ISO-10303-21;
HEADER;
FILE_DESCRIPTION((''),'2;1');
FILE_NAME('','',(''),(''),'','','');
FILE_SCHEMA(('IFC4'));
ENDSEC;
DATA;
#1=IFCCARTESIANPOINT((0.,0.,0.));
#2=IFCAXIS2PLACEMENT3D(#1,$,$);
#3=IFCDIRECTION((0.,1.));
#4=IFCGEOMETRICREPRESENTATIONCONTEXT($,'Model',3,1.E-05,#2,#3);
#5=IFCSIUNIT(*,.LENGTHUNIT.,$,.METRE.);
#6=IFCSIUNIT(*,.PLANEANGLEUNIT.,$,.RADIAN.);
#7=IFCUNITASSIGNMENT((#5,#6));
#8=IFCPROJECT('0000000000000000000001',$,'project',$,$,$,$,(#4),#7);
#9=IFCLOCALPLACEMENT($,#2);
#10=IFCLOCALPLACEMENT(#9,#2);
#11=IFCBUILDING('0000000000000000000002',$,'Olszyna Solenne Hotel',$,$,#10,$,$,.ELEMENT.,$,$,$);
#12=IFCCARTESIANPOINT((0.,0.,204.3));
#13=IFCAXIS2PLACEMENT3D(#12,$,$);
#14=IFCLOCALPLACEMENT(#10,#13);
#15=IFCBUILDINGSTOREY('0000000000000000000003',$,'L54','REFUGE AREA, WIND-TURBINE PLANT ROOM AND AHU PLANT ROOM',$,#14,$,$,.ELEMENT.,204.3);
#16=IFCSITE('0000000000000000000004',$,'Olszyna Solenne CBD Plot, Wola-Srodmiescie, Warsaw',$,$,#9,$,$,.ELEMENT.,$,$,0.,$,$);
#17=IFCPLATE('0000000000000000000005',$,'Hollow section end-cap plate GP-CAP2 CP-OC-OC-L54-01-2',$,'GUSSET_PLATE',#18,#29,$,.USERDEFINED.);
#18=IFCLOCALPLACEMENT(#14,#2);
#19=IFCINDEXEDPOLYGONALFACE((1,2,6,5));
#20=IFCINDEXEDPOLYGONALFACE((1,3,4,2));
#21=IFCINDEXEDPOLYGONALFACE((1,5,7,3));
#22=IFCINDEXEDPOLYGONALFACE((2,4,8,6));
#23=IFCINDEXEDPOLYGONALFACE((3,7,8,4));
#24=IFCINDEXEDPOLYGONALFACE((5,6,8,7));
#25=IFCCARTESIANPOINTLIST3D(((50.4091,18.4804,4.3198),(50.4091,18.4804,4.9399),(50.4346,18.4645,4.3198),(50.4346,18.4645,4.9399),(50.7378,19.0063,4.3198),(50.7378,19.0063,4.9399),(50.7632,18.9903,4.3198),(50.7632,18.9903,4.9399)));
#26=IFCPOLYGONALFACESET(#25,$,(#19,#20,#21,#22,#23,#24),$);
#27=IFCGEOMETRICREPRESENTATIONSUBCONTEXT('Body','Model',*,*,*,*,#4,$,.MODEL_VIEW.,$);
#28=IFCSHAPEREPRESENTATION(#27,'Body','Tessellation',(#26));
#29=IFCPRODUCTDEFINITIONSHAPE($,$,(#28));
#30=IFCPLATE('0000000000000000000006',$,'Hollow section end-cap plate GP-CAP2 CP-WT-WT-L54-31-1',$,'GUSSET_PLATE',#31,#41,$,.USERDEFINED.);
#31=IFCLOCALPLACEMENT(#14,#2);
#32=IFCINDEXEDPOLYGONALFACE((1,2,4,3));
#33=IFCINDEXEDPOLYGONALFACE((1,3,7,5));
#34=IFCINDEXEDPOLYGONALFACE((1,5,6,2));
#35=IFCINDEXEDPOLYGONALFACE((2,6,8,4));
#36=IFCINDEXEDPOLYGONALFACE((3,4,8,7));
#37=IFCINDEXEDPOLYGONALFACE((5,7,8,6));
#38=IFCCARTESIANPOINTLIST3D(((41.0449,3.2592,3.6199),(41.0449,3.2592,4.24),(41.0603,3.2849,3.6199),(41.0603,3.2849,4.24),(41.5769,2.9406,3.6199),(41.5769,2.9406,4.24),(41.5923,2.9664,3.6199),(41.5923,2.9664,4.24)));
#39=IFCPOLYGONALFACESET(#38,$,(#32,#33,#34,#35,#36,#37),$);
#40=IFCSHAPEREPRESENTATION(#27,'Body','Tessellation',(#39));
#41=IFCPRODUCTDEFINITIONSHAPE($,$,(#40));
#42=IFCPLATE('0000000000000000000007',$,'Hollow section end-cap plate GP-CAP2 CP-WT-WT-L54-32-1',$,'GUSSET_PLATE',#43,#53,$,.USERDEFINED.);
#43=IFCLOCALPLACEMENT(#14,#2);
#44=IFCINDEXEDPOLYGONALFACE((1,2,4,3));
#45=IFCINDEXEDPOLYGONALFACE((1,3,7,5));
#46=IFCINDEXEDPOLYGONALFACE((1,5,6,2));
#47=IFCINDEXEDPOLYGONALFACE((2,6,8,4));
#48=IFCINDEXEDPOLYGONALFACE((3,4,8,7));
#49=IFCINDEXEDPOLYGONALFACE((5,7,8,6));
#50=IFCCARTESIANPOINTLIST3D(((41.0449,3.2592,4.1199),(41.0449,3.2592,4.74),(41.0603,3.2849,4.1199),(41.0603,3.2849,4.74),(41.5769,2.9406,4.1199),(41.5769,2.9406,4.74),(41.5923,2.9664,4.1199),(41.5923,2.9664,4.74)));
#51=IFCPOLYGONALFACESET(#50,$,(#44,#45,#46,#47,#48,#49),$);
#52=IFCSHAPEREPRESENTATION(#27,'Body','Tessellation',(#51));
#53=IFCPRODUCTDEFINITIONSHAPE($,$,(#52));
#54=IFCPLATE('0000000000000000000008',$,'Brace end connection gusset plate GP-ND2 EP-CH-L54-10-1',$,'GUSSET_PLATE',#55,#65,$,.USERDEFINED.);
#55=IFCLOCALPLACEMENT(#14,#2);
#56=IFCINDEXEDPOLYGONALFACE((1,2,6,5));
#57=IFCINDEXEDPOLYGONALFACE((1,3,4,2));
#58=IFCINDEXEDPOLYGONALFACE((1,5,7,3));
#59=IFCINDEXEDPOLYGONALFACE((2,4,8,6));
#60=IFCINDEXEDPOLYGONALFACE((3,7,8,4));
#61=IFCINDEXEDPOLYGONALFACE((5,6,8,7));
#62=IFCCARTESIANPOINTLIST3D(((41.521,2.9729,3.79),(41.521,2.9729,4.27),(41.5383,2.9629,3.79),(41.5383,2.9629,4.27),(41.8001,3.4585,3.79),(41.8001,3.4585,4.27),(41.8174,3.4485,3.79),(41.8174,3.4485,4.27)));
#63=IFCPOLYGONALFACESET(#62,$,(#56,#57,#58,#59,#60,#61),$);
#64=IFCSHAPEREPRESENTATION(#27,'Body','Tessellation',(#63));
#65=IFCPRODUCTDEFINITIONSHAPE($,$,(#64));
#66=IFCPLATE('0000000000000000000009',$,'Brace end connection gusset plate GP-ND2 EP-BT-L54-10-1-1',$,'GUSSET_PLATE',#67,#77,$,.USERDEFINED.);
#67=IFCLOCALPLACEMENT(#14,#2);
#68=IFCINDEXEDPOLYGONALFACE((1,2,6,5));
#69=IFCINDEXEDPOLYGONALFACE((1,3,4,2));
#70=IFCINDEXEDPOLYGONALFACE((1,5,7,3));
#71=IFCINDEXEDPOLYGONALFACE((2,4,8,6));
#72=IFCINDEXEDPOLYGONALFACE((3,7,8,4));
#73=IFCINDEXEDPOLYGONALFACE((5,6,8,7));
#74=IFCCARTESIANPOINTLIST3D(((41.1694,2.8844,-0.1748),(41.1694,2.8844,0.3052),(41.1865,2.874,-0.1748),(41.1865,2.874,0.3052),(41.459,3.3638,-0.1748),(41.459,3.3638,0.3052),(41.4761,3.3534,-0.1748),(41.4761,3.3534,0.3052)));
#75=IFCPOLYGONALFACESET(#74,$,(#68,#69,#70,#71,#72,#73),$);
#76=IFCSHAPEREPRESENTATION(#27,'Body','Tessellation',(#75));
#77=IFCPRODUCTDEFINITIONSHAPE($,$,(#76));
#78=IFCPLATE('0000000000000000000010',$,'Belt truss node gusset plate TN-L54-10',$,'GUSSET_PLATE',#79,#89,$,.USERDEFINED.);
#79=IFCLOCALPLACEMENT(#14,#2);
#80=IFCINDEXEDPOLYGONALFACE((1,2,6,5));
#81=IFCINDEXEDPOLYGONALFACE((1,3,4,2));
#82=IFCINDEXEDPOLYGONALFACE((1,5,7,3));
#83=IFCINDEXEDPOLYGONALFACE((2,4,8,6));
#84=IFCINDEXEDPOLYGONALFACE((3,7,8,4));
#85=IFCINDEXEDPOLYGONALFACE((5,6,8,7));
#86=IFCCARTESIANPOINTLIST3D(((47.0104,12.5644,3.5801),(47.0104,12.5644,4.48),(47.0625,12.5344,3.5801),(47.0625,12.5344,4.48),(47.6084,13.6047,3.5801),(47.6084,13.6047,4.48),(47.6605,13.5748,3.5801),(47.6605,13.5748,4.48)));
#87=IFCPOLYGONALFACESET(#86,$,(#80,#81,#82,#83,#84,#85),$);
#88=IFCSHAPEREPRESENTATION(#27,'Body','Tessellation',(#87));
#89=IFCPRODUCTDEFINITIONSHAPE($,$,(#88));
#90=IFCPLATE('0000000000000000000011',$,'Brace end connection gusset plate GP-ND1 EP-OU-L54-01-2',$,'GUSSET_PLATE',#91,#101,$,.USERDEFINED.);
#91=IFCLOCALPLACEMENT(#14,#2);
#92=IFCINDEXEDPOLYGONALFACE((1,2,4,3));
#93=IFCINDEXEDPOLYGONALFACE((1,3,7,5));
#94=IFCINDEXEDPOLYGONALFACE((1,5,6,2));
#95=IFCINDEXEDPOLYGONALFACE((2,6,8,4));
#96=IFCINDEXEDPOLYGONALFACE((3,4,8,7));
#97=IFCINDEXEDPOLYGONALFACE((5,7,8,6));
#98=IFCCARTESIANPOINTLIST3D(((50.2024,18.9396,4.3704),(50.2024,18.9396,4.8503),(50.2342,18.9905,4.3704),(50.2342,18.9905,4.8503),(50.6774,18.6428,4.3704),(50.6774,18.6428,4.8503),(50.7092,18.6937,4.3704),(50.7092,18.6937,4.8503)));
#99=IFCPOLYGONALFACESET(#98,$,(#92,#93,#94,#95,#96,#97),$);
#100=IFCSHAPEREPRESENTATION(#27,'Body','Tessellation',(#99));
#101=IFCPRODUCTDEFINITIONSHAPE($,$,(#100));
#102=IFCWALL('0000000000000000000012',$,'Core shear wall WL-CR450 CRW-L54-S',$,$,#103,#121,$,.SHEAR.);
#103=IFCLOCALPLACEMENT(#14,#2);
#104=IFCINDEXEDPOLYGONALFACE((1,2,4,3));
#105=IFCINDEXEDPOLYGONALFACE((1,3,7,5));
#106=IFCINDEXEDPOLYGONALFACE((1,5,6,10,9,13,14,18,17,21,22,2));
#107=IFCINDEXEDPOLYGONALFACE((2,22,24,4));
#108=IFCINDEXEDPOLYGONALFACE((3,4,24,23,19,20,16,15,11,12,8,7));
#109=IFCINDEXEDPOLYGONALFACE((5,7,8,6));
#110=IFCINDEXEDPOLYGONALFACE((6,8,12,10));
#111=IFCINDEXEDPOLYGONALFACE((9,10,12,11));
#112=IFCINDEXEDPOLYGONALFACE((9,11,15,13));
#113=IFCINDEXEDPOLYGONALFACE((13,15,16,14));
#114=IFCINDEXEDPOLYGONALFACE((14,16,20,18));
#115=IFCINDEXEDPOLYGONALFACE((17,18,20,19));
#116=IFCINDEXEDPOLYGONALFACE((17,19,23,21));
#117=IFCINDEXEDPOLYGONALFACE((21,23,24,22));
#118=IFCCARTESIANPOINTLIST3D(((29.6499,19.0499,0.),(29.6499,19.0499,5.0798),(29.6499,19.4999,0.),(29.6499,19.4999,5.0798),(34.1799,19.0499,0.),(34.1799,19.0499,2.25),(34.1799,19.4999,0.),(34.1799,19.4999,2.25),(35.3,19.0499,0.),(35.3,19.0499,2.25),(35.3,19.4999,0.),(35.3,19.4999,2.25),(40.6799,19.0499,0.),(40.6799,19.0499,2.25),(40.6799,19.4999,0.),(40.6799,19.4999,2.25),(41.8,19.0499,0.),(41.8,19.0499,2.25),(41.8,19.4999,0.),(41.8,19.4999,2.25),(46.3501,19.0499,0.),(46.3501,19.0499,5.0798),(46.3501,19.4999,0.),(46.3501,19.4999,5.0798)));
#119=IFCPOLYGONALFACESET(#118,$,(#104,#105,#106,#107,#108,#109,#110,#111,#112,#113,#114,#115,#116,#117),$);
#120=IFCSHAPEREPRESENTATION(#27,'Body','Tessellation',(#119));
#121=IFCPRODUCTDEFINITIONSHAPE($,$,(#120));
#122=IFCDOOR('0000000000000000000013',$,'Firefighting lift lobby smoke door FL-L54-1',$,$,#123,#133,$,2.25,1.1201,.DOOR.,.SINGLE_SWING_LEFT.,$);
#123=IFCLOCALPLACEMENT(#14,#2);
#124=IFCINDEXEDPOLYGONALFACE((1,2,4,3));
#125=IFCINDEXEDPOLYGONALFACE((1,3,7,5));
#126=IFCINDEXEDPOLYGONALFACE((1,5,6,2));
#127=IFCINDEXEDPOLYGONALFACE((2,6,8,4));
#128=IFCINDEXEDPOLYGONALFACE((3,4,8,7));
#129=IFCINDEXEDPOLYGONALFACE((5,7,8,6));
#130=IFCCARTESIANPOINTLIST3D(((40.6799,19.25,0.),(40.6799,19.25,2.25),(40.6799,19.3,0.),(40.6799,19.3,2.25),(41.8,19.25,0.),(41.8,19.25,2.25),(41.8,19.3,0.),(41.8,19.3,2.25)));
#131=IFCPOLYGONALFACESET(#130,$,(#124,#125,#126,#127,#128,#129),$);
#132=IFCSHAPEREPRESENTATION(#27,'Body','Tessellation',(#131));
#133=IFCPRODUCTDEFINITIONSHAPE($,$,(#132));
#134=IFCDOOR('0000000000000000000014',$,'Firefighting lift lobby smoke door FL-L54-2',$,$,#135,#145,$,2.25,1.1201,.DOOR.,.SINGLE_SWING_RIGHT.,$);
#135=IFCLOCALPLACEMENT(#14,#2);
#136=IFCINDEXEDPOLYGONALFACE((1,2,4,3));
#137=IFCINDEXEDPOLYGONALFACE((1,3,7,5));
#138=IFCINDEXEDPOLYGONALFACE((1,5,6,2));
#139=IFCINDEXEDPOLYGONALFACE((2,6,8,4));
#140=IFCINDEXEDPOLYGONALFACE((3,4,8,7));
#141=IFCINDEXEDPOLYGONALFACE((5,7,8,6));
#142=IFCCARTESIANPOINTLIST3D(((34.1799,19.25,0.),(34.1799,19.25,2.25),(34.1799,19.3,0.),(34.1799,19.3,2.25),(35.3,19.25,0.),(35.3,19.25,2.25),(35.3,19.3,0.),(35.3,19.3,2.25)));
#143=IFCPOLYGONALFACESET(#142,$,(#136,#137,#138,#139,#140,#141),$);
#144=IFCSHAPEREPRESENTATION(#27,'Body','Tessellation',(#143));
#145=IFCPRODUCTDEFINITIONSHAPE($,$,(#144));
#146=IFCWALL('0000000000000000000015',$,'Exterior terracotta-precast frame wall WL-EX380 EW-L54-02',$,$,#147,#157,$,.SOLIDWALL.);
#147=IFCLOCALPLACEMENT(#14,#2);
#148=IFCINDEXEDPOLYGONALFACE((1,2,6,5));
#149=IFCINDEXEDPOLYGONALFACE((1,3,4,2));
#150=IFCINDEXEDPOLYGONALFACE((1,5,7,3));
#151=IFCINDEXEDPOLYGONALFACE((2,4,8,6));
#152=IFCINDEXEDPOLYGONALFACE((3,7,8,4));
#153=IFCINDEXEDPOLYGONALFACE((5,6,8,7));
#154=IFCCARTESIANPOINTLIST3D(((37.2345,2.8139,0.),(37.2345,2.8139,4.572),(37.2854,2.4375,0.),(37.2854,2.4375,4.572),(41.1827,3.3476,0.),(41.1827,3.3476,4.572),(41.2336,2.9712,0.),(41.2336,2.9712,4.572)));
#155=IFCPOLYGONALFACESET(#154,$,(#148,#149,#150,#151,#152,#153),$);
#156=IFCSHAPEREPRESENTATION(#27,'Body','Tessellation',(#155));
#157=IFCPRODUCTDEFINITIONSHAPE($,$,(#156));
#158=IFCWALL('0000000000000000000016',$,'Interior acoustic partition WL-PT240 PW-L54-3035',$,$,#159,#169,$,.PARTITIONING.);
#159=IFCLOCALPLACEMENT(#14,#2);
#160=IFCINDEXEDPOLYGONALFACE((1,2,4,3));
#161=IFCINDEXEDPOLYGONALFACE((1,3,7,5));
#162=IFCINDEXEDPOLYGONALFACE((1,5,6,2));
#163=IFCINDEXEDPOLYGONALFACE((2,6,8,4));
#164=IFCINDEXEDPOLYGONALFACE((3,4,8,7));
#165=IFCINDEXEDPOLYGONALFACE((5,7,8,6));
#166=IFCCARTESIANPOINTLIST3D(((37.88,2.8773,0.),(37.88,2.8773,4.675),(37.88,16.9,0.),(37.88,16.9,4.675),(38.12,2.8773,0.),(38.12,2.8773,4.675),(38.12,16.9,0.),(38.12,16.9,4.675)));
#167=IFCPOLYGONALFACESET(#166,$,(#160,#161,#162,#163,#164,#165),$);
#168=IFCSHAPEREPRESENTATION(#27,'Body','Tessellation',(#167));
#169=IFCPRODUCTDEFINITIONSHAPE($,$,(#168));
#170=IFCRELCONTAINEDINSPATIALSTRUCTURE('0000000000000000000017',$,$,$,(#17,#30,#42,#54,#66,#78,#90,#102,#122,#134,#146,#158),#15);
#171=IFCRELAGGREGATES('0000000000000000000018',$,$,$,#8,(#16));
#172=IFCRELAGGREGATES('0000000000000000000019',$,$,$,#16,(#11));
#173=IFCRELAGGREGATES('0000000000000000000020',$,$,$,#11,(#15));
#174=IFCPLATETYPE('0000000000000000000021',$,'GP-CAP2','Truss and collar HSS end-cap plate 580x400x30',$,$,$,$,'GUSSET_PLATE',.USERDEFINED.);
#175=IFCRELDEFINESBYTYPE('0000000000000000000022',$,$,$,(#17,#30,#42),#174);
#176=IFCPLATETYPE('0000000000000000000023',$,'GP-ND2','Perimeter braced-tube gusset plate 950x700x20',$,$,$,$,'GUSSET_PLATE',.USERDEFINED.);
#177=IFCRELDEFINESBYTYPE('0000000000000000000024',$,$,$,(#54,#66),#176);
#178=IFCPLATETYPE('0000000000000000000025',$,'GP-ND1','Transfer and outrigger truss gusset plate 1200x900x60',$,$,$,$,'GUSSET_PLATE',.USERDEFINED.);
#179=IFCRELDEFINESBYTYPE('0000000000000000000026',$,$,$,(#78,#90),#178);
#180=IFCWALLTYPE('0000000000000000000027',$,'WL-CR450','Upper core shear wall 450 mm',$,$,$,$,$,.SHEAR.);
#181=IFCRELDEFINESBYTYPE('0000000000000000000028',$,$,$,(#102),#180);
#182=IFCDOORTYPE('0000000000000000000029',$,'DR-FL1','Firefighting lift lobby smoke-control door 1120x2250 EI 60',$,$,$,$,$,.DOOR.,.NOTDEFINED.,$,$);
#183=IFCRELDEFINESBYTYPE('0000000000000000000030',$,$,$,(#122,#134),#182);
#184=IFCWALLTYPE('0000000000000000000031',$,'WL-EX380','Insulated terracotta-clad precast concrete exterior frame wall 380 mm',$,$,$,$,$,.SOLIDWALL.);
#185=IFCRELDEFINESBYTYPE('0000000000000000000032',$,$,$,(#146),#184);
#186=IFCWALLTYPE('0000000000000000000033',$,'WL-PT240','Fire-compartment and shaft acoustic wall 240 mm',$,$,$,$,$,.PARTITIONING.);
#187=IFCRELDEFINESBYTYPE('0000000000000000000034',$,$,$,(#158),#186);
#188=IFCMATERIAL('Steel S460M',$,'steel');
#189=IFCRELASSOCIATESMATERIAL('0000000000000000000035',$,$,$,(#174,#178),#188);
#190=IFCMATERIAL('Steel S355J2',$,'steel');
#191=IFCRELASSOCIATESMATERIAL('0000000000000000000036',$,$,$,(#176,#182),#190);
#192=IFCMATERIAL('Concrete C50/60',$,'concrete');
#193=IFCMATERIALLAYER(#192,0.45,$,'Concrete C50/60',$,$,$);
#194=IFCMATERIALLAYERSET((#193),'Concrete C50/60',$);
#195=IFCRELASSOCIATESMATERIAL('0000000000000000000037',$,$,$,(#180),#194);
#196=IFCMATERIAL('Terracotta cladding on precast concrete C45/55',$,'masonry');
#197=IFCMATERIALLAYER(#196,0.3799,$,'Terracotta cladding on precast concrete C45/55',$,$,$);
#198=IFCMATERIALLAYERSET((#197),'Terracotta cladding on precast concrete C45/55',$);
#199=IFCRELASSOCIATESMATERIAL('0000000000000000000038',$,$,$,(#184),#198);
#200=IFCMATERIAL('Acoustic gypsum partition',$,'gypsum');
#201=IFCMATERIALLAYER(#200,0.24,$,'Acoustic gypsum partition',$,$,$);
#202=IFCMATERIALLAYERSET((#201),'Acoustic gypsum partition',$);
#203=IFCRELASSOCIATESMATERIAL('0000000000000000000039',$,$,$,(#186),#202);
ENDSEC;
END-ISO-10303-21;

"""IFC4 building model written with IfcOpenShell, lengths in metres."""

from ifc_helpers import new_model, si_unit, direction, frame, frame_2d, origin, origin_2d, place, context, subcontext, project, spatial, rectangle, extrude, source, transform, mapped, material, layer, layer_set, type_object, type_shapes, element, fill, save


model = new_model("IFC4")

# Units and contexts
model_context = context("Model", 3, precision=1e-05, world=origin(), true_north=direction((0.0, 1.0)))
body_context = subcontext(model_context, "Body", "Model", "MODEL_VIEW")
ifc_project = project(units=[si_unit("LENGTHUNIT", "METRE"), si_unit("PLANEANGLEUNIT", "RADIAN")], contexts=[model_context])

# Site, building, storey
site_placement = place(None, origin())
site = spatial("IfcSite", under=ifc_project, at=site_placement, Name="Olszyna Solenne CBD Plot, Wola-Srodmiescie, Warsaw", CompositionType="ELEMENT", RefElevation=0.0)
building_placement = place(site_placement, origin())
building = spatial("IfcBuilding", under=site, at=building_placement, Name="Olszyna Solenne Hotel", CompositionType="ELEMENT")
storey_placement = place(building_placement, frame((0.0, 0.0, 204.3)))
storey = spatial("IfcBuildingStorey", under=building, at=storey_placement, Name="L54", Description="REFUGE AREA, WIND-TURBINE PLANT ROOM AND AHU PLANT ROOM", CompositionType="ELEMENT", Elevation=204.3)

# Shared definitions
ifc_material_1 = material(Name="Steel S355J2", Category="steel")

# Plates
ifc_material_2 = material(Name="Steel S460M", Category="steel")
plate_type_1 = type_object("IfcPlateType", Name="GP-CAP2", Description="Truss and collar HSS end-cap plate 580x400x30", ElementType="GUSSET_PLATE", PredefinedType="USERDEFINED", material=ifc_material_2)
shared_shape_1 = source(origin(), body_context, "Body", "SweptSolid", [
    extrude(rectangle(XDim=0.03, YDim=0.6201, at=origin_2d()), origin(), (0.0, 0.0, 1.0), 0.6201),
])
for number, where, z_axis, x_axis, name in (
    (1, (50.5862, 18.7354, 4.3198), (0.0, 0.0, 1.0), (0.848048, -0.529919, 0.0), "Hollow section end-cap plate GP-CAP2 CP-OC-OC-L54-01-2"),
    (2, (41.3186, 3.1128, 3.6199), (0.0, 0.0, 1.0), (0.513691, 0.857975, 0.0), "Hollow section end-cap plate GP-CAP2 CP-WT-WT-L54-31-1"),
    (3, (41.3186, 3.1128, 4.1199), (0.0, 0.0, 1.0), (0.513691, 0.857975, 0.0), "Hollow section end-cap plate GP-CAP2 CP-WT-WT-L54-32-1"),
):
    element("IfcPlate", number, at=place(storey_placement, frame(where, z_axis=z_axis, x_axis=x_axis)), inside=storey, type_object=plate_type_1, Name=name, ObjectType="GUSSET_PLATE", PredefinedType="USERDEFINED", context=body_context, shape_type="MappedRepresentation", body=[
        mapped(shared_shape_1, transform((0.0, 0.0, 0.0), x_axis=(1.0, 0.0, 0.0), y_axis=(0.0, 1.0, 0.0), z_axis=(0.0, 0.0, 1.0), scale=1.0)),
    ])
plate_type_2 = type_object("IfcPlateType", Name="GP-ND2", Description="Perimeter braced-tube gusset plate 950x700x20", ElementType="GUSSET_PLATE", PredefinedType="USERDEFINED", material=ifc_material_1)
shared_shape_2 = source(origin(), body_context, "Body", "SweptSolid", [
    extrude(rectangle(XDim=0.5601, YDim=0.02, at=origin_2d()), origin(), (0.0, 0.0, 1.0), 0.48),
])
for number, where, z_axis, x_axis, name in (
    (4, (41.6692, 3.2107, 3.79), (0.0, 0.0, 1.0), (0.498336, 0.866984, 0.0), "Brace end connection gusset plate GP-ND2 EP-CH-L54-10-1"),
    (5, (41.3228, 3.1189, -0.1748), (0.0, 0.0, 1.0), (0.517131, 0.855906, 0.0), "Brace end connection gusset plate GP-ND2 EP-BT-L54-10-1-1"),
):
    element("IfcPlate", number, at=place(storey_placement, frame(where, z_axis=z_axis, x_axis=x_axis)), inside=storey, type_object=plate_type_2, Name=name, ObjectType="GUSSET_PLATE", PredefinedType="USERDEFINED", context=body_context, shape_type="MappedRepresentation", body=[
        mapped(shared_shape_2, transform((0.0, 0.0, 0.0), x_axis=(1.0, 0.0, 0.0), y_axis=(0.0, 1.0, 0.0), z_axis=(0.0, 0.0, 1.0), scale=1.0)),
    ])
plate_type_3 = type_object("IfcPlateType", Name="GP-ND1", Description="Transfer and outrigger truss gusset plate 1200x900x60", ElementType="GUSSET_PLATE", PredefinedType="USERDEFINED", material=ifc_material_2)
shared_shape_3 = source(origin(), body_context, "Body", "SweptSolid", [
    extrude(rectangle(XDim=1.2, YDim=0.0601, at=origin_2d()), origin(), (0.0, 0.0, 1.0), 0.8999),
])
plate_1_placement = place(storey_placement, frame((47.3354, 13.0696, 3.5801), z_axis=(0.0, 0.0, 1.0), x_axis=(0.498336, 0.866984, 0.0)))
element("IfcPlate", 6, at=plate_1_placement, inside=storey, type_object=plate_type_3, Name="Belt truss node gusset plate TN-L54-10", ObjectType="GUSSET_PLATE", PredefinedType="USERDEFINED", context=body_context, shape_type="MappedRepresentation", body=[
    mapped(shared_shape_3, transform((0.0, 0.0, 0.0), x_axis=(1.0, 0.0, 0.0), y_axis=(0.0, 1.0, 0.0), z_axis=(0.0, 0.0, 1.0), scale=1.0)),
])
shared_shape_4 = source(origin(), body_context, "Body", "SweptSolid", [
    extrude(rectangle(XDim=0.5601, YDim=0.0601, at=origin_2d()), origin(), (0.0, 0.0, 1.0), 0.48),
])
plate_2_placement = place(storey_placement, frame((50.4558, 18.8167, 4.3704), z_axis=(0.0, 0.0, 1.0), x_axis=(0.848048, -0.529919, 0.0)))
element("IfcPlate", 7, at=plate_2_placement, inside=storey, type_object=plate_type_3, Name="Brace end connection gusset plate GP-ND1 EP-OU-L54-01-2", ObjectType="GUSSET_PLATE", PredefinedType="USERDEFINED", context=body_context, shape_type="MappedRepresentation", body=[
    mapped(shared_shape_4, transform((0.0, 0.0, 0.0), x_axis=(1.0, 0.0, 0.0), y_axis=(0.0, 1.0, 0.0), z_axis=(0.0, 0.0, 1.0), scale=1.0)),
])

# Wall, openings, doors
ifc_material_3 = material(Name="Concrete C50/60", Category="concrete")
ifc_layer_1 = layer(ifc_material_3, 0.45, Name="Concrete C50/60")
ifc_layer_set_1 = layer_set([ifc_layer_1], Name="Concrete C50/60")
wall_type_1 = type_object("IfcWallType", Name="WL-CR450", Description="Upper core shear wall 450 mm", PredefinedType="SHEAR", material=ifc_layer_set_1)
wall_1_placement = place(storey_placement, frame((46.3501, 19.2749, 0.0), z_axis=(0.0, 0.0, 1.0), x_axis=(-1.0, 0.0, 0.0)))
wall_1 = element("IfcWall", 8, at=wall_1_placement, inside=storey, type_object=wall_type_1, Name="Core shear wall WL-CR450 CRW-L54-S", PredefinedType="SHEAR", context=body_context, shape_type="SweptSolid", body=[
    extrude(rectangle(XDim=16.7002, YDim=0.45, at=frame_2d((8.3501, 0.0))), origin(), (0.0, 0.0, 1.0), 5.0798),
])
opening_1_placement = place(wall_1_placement, frame((4.55, 0.0, 0.0)))
opening_1 = element("IfcOpeningElement", 9, at=opening_1_placement, cuts=wall_1, PredefinedType="OPENING", context=body_context, shape_type="SweptSolid", body=[
    extrude(rectangle(XDim=1.1201, YDim=2.25, at=frame_2d((0.5601, 1.125))), frame((0.0, 0.2349, 0.0), z_axis=(0.0, -1.0, 0.0), x_axis=(1.0, 0.0, 0.0)), (0.0, 0.0, 1.0), 0.47),
])
opening_2_placement = place(wall_1_placement, frame((11.05, 0.0, 0.0)))
opening_2 = element("IfcOpeningElement", 10, at=opening_2_placement, cuts=wall_1, PredefinedType="OPENING", context=body_context, shape_type="SweptSolid", body=[
    extrude(rectangle(XDim=1.1201, YDim=2.25, at=frame_2d((0.5601, 1.125))), frame((0.0, 0.2349, 0.0), z_axis=(0.0, -1.0, 0.0), x_axis=(1.0, 0.0, 0.0)), (0.0, 0.0, 1.0), 0.47),
])
door_type_1 = type_object("IfcDoorType", Name="DR-FL1", Description="Firefighting lift lobby smoke-control door 1120x2250 EI 60", OperationType="NOTDEFINED", PredefinedType="DOOR", material=ifc_material_1)
shared_shape_5 = source(origin(), body_context, "Body", "SweptSolid", [
    extrude(rectangle(XDim=1.1201, YDim=2.25, at=frame_2d((0.5601, 1.125))), frame((0.0, 0.0249, 0.0), z_axis=(0.0, -1.0, 0.0), x_axis=(1.0, 0.0, 0.0)), (0.0, 0.0, 1.0), 0.05),
])
type_shapes(door_type_1, [shared_shape_5])
door_1_placement = place(opening_1_placement, origin())
door_1 = element("IfcDoor", 11, at=door_1_placement, inside=storey, type_object=door_type_1, Name="Firefighting lift lobby smoke door FL-L54-1", OperationType="SINGLE_SWING_LEFT", OverallHeight=2.25, OverallWidth=1.1201, PredefinedType="DOOR", context=body_context, shape_type="MappedRepresentation", body=[
    mapped(shared_shape_5, transform((0.0, 0.0, 0.0), x_axis=(1.0, 0.0, 0.0), y_axis=(0.0, 1.0, 0.0), z_axis=(0.0, 0.0, 1.0), scale=1.0)),
])
fill(opening_1, door_1)
door_2_placement = place(opening_2_placement, origin())
door_2 = element("IfcDoor", 12, at=door_2_placement, inside=storey, type_object=door_type_1, Name="Firefighting lift lobby smoke door FL-L54-2", OperationType="SINGLE_SWING_RIGHT", OverallHeight=2.25, OverallWidth=1.1201, PredefinedType="DOOR", context=body_context, shape_type="MappedRepresentation", body=[
    mapped(shared_shape_5, transform((0.0, 0.0, 0.0), x_axis=(1.0, 0.0, 0.0), y_axis=(0.0, 1.0, 0.0), z_axis=(0.0, 0.0, 1.0), scale=1.0)),
])
fill(opening_2, door_2)

# Walls
ifc_material_4 = material(Name="Terracotta cladding on precast concrete C45/55", Category="masonry")
ifc_layer_2 = layer(ifc_material_4, 0.3799, Name="Terracotta cladding on precast concrete C45/55")
ifc_layer_set_2 = layer_set([ifc_layer_2], Name="Terracotta cladding on precast concrete C45/55")
wall_type_2 = type_object("IfcWallType", Name="WL-EX380", Description="Insulated terracotta-clad precast concrete exterior frame wall 380 mm", PredefinedType="SOLIDWALL", material=ifc_layer_set_2)
wall_2_placement = place(storey_placement, frame((41.2083, 3.1594, 0.0), z_axis=(0.0, 0.0, 1.0), x_axis=(-0.990988, -0.133954, 0.0)))
element("IfcWall", 13, at=wall_2_placement, inside=storey, type_object=wall_type_2, Name="Exterior terracotta-precast frame wall WL-EX380 EW-L54-02", PredefinedType="SOLIDWALL", context=body_context, shape_type="SweptSolid", body=[
    extrude(rectangle(XDim=3.9841, YDim=0.3799, at=frame_2d((1.9922, 0.0))), origin(), (0.0, 0.0, 1.0), 4.572),
])
ifc_material_5 = material(Name="Acoustic gypsum partition", Category="gypsum")
ifc_layer_3 = layer(ifc_material_5, 0.24, Name="Acoustic gypsum partition")
ifc_layer_set_3 = layer_set([ifc_layer_3], Name="Acoustic gypsum partition")
wall_type_3 = type_object("IfcWallType", Name="WL-PT240", Description="Fire-compartment and shaft acoustic wall 240 mm", PredefinedType="PARTITIONING", material=ifc_layer_set_3)
wall_3_placement = place(storey_placement, frame((38.0, 16.8999, 0.0), z_axis=(0.0, 0.0, 1.0), x_axis=(0.0, -1.0, 0.0)))
element("IfcWall", 14, at=wall_3_placement, inside=storey, type_object=wall_type_3, Name="Interior acoustic partition WL-PT240 PW-L54-3035", PredefinedType="PARTITIONING", context=body_context, shape_type="SweptSolid", body=[
    extrude(rectangle(XDim=14.0227, YDim=0.24, at=frame_2d((7.0112, 0.0))), origin(), (0.0, 0.0, 1.0), 4.675),
])

save(model, "model.ifc")
